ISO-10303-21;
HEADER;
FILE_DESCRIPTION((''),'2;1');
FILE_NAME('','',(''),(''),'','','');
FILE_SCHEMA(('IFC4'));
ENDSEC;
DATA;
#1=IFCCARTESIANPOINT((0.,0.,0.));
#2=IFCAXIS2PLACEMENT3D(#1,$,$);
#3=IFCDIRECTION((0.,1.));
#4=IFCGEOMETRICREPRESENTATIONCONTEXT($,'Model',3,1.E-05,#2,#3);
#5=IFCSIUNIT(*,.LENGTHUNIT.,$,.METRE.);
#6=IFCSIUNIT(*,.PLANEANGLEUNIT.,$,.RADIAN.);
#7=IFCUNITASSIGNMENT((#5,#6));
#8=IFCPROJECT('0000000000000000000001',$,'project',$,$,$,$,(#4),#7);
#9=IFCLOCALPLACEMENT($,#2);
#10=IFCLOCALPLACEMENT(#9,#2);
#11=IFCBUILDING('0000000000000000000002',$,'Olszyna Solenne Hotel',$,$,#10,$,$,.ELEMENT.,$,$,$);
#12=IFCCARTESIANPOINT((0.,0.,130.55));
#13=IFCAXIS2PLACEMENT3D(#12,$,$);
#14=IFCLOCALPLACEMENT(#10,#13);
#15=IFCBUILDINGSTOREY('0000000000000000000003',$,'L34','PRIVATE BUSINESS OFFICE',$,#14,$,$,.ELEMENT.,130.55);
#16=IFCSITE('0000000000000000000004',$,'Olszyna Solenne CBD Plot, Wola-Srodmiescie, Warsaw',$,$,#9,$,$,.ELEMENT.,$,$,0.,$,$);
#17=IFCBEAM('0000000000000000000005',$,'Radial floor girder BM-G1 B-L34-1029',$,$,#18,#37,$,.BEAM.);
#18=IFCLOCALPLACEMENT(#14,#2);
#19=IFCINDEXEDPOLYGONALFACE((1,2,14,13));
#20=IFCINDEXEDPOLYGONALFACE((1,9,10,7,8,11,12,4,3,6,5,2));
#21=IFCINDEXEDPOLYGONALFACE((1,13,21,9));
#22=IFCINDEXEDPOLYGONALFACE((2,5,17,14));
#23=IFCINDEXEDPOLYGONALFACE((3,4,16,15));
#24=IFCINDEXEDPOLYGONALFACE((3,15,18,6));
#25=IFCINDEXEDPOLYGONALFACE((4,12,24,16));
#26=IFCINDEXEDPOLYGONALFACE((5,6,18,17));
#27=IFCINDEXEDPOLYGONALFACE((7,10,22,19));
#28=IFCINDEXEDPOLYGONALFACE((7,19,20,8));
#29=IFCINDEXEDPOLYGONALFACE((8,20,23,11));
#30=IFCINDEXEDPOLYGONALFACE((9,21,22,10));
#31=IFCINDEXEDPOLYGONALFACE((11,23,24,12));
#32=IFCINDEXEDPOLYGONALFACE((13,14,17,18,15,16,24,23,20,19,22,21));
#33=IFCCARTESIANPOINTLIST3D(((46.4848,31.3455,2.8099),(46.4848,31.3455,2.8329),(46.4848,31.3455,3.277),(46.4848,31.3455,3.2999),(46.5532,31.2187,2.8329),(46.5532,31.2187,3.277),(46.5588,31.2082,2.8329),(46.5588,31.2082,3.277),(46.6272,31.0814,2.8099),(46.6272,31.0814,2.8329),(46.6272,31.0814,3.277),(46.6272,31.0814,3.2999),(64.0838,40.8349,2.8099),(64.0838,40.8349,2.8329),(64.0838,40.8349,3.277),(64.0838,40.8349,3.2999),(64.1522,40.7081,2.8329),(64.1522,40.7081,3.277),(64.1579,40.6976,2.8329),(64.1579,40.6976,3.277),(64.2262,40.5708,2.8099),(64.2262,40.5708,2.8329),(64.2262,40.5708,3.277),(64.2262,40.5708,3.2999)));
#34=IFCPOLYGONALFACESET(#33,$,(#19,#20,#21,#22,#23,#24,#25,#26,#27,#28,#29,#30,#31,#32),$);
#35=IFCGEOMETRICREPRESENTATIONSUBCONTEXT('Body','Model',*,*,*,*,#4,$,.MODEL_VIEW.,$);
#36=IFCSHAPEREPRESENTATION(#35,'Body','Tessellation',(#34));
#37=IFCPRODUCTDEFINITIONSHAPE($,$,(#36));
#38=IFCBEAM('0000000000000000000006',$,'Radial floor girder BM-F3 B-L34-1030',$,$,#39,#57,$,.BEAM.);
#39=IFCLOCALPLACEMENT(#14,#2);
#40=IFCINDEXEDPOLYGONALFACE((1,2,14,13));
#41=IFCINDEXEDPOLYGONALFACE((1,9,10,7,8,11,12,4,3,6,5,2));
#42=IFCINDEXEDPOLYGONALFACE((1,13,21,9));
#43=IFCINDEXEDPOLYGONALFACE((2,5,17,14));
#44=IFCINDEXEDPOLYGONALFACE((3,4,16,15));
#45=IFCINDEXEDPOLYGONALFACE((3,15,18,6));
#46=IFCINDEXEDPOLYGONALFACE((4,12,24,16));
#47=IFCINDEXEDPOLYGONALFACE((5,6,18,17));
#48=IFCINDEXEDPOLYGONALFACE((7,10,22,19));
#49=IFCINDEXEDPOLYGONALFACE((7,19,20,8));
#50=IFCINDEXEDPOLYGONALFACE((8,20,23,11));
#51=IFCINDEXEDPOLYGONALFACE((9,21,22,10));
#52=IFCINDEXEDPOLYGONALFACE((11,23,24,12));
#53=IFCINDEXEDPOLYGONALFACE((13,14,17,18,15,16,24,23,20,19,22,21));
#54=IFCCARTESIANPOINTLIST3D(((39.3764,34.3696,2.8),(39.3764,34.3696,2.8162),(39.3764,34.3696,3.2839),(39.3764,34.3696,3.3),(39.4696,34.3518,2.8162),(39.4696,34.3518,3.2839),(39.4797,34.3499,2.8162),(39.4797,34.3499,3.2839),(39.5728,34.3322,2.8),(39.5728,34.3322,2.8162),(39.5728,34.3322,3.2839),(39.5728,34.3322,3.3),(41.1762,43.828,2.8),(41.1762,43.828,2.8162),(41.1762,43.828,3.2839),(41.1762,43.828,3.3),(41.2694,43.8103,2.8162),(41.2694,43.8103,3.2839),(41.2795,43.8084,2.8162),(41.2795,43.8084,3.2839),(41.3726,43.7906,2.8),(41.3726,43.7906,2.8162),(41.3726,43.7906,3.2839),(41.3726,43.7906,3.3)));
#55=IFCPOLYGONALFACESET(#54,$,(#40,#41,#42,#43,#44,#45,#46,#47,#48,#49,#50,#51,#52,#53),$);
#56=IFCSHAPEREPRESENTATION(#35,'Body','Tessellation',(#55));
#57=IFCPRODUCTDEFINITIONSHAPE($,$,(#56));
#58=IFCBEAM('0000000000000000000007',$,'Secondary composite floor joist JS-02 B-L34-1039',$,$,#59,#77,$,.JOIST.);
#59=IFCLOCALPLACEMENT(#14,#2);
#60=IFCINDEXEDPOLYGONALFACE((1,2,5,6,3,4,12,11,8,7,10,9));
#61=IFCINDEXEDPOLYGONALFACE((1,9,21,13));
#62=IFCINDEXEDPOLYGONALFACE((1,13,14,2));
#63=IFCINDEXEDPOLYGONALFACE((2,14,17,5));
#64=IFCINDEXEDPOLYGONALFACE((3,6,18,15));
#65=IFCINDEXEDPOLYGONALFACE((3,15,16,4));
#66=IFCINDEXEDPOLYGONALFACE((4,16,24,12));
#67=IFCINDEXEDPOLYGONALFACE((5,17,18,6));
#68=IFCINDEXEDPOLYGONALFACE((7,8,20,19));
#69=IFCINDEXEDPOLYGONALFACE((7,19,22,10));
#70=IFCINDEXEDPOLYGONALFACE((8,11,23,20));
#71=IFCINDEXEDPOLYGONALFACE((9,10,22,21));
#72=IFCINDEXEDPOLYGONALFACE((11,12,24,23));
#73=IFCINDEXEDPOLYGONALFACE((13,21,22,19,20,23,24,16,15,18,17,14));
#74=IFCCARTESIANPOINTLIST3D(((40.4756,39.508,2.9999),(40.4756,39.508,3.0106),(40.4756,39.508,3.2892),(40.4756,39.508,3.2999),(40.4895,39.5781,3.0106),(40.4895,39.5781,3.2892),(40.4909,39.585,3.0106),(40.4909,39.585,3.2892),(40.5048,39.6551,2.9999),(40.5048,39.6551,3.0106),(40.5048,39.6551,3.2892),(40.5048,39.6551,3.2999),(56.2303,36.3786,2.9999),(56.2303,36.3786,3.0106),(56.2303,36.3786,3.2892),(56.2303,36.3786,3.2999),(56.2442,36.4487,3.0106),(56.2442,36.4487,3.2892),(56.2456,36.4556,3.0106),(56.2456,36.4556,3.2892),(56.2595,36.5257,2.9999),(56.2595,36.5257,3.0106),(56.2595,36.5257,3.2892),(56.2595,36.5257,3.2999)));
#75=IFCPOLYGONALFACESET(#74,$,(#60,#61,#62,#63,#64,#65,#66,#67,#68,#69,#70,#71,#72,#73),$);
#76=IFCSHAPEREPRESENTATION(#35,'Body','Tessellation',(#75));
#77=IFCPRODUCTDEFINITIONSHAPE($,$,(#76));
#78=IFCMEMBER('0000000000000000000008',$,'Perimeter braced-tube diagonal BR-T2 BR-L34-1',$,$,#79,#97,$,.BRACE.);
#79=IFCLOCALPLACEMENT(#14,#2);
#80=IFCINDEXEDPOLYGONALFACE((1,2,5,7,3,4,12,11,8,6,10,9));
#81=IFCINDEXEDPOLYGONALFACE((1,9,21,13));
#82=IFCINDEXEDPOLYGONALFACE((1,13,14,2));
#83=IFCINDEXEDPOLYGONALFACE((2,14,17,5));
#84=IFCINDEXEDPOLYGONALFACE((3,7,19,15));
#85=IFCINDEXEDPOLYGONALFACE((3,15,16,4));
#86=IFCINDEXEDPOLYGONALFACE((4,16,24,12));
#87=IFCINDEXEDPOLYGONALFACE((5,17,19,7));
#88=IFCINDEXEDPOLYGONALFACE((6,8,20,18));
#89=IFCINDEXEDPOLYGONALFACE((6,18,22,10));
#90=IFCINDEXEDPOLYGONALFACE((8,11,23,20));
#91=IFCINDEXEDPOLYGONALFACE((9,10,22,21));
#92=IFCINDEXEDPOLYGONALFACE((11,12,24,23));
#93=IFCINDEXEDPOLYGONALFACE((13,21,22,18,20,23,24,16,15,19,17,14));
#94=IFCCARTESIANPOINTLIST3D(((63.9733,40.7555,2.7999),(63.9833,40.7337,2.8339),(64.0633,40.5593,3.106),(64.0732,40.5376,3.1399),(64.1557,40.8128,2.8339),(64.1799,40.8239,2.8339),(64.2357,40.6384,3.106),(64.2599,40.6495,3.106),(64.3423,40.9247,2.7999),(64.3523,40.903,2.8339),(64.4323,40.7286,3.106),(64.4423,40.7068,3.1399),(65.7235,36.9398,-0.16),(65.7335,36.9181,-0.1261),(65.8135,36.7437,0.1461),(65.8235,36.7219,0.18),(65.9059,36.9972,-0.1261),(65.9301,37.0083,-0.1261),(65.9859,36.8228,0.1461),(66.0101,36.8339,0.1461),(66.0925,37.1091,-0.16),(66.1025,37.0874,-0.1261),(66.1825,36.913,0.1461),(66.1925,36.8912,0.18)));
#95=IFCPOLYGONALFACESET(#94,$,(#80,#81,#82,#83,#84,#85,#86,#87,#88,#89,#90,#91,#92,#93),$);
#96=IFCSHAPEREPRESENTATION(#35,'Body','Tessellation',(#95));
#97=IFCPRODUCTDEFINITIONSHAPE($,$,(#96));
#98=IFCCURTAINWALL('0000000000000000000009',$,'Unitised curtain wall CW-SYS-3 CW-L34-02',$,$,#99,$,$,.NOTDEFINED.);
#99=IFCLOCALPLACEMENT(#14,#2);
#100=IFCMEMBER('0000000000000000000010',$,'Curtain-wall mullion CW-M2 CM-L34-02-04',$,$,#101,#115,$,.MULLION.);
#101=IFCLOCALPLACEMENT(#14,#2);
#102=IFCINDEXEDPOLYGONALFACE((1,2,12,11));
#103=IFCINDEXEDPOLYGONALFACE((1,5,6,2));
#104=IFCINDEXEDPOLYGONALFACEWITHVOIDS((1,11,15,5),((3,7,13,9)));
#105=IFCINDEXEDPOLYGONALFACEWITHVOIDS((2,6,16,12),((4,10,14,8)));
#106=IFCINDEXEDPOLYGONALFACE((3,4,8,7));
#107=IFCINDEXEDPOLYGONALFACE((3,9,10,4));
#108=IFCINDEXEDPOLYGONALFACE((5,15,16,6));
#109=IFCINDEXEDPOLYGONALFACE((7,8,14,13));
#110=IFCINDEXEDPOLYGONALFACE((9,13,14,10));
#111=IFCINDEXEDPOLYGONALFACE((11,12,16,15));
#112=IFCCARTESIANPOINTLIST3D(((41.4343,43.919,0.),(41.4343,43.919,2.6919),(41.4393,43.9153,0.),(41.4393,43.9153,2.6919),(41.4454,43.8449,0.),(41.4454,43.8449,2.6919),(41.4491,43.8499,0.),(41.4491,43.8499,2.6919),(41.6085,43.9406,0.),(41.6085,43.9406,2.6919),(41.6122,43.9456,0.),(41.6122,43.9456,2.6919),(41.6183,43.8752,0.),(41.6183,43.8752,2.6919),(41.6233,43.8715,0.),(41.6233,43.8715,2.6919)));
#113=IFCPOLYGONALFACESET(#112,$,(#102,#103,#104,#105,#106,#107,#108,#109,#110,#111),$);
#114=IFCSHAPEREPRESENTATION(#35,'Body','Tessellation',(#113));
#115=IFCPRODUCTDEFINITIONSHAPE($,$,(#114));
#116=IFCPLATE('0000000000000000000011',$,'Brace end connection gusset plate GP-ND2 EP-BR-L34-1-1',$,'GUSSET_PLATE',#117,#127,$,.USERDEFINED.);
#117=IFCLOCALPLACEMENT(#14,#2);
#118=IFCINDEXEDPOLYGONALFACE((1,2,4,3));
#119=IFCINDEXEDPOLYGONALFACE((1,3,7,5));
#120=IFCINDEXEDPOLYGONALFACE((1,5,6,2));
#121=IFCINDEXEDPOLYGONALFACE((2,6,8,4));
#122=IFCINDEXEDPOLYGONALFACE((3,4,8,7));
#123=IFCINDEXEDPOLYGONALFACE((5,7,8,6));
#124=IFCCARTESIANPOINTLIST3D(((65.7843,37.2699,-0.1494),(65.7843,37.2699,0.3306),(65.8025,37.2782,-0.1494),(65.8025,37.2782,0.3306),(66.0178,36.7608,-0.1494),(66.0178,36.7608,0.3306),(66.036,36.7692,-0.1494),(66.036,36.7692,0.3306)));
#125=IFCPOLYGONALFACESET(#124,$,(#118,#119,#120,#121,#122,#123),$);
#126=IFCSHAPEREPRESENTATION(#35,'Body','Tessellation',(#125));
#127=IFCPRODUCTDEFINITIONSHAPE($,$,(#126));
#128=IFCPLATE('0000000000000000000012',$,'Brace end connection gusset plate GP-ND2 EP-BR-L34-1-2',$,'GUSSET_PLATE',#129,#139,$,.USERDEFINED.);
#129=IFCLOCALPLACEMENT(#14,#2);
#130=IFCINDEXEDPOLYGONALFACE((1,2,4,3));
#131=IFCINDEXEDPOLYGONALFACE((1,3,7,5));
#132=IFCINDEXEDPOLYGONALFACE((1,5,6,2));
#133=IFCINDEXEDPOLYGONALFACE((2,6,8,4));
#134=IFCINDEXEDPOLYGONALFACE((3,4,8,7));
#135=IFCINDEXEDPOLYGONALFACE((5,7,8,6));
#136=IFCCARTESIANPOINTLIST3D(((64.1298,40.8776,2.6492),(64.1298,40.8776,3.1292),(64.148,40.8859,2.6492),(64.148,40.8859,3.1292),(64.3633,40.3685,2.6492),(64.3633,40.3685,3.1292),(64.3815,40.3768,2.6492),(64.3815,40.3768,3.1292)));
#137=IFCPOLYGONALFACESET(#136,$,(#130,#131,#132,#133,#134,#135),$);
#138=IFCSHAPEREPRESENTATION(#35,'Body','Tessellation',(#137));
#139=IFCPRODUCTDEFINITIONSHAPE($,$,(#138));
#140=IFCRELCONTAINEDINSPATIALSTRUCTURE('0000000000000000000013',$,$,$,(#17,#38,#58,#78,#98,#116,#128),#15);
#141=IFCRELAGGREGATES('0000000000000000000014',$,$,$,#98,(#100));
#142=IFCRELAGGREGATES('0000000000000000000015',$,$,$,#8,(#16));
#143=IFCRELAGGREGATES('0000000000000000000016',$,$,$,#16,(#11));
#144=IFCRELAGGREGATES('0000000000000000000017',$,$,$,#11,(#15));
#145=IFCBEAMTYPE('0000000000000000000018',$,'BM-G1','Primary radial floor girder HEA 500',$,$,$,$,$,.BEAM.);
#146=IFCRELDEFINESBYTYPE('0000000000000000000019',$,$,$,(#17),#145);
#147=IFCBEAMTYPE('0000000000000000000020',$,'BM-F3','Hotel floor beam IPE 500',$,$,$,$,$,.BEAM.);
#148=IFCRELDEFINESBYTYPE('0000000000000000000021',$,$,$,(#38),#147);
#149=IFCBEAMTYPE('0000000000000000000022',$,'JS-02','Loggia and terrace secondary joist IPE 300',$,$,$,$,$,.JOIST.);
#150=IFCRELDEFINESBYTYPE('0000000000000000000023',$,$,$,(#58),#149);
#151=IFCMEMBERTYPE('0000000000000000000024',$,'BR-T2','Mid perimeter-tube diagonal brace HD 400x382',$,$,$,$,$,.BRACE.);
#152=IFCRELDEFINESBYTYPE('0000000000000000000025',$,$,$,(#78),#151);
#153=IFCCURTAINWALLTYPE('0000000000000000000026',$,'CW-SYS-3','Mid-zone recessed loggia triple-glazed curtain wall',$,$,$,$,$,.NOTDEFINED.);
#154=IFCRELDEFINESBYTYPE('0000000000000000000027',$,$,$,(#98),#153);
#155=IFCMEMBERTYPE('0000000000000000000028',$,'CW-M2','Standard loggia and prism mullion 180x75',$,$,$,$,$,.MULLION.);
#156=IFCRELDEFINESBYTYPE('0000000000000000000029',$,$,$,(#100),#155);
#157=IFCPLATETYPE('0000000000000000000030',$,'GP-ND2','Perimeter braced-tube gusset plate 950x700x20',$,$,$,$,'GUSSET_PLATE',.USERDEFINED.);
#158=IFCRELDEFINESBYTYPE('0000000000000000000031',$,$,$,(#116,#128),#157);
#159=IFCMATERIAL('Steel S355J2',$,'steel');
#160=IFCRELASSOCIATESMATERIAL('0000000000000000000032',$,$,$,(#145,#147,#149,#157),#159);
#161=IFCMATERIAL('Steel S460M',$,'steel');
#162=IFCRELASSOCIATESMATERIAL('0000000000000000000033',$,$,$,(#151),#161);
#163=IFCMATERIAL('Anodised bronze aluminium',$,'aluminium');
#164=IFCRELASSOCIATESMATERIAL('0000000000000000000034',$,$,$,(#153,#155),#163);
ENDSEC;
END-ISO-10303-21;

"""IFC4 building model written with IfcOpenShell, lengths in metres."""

from ifc_helpers import new_model, si_unit, direction, frame, origin, origin_2d, place, context, subcontext, project, spatial, rectangle, hollow_rectangle, i_section, extrude, source, transform, mapped, material, material_profile, profile_set, type_object, element, aggregate, save


model = new_model("IFC4")

# Units and contexts
model_context = context("Model", 3, precision=1e-05, world=origin(), true_north=direction((0.0, 1.0)))
body_context = subcontext(model_context, "Body", "Model", "MODEL_VIEW")
ifc_project = project(units=[si_unit("LENGTHUNIT", "METRE"), si_unit("PLANEANGLEUNIT", "RADIAN")], contexts=[model_context])

# Site, building, storey
site_placement = place(None, origin())
site = spatial("IfcSite", under=ifc_project, at=site_placement, Name="Olszyna Solenne CBD Plot, Wola-Srodmiescie, Warsaw", CompositionType="ELEMENT", RefElevation=0.0)
building_placement = place(site_placement, origin())
building = spatial("IfcBuilding", under=site, at=building_placement, Name="Olszyna Solenne Hotel", CompositionType="ELEMENT")
storey_placement = place(building_placement, frame((0.0, 0.0, 130.55)))
storey = spatial("IfcBuildingStorey", under=building, at=storey_placement, Name="L34", Description="PRIVATE BUSINESS OFFICE", CompositionType="ELEMENT", Elevation=130.55)

# Shared definitions
ifc_material_1 = material(Name="Steel S460M", Category="steel")

# Beams
ifc_material_2 = material(Name="Steel S355J2", Category="steel")
ifc_material_profile_1 = material_profile(ifc_material_2, i_section(OverallWidth=0.3, OverallDepth=0.49, WebThickness=0.012, FlangeThickness=0.0229, at=origin_2d()), Name="HEA 500", Category="load-bearing")
ifc_profile_set_1 = profile_set([ifc_material_profile_1], Name="Steel S355J2")
beam_type_1 = type_object("IfcBeamType", Name="BM-G1", Description="Primary radial floor girder HEA 500", PredefinedType="BEAM", material=ifc_profile_set_1)
shared_shape_1 = source(origin(), body_context, "Body", "SweptSolid", [
    extrude(i_section(OverallWidth=0.3, OverallDepth=0.49, WebThickness=0.012, FlangeThickness=0.0229, at=origin_2d()), origin(), (0.0, 0.0, 1.0), 19.9944),
])
beam_1_placement = place(storey_placement, frame((64.155, 40.7029, 3.0549), z_axis=(-0.880198, -0.474606, 0.0), x_axis=(0.474606, -0.880198, 0.0)))
element("IfcBeam", 1, at=beam_1_placement, inside=storey, type_object=beam_type_1, Name="Radial floor girder BM-G1 B-L34-1029", PredefinedType="BEAM", context=body_context, shape_type="MappedRepresentation", body=[
    mapped(shared_shape_1, transform((0.0, 0.0, 0.0), x_axis=(1.0, 0.0, 0.0), y_axis=(0.0, 1.0, 0.0), z_axis=(0.0, 0.0, 1.0), scale=1.0)),
])
ifc_material_profile_2 = material_profile(ifc_material_2, i_section(OverallWidth=0.2, OverallDepth=0.5, WebThickness=0.0103, FlangeThickness=0.0161, at=origin_2d()), Name="IPE 500", Category="load-bearing")
ifc_profile_set_2 = profile_set([ifc_material_profile_2], Name="Steel S355J2")
beam_type_2 = type_object("IfcBeamType", Name="BM-F3", Description="Hotel floor beam IPE 500", PredefinedType="BEAM", material=ifc_profile_set_2)
shared_shape_2 = source(origin(), body_context, "Body", "SweptSolid", [
    extrude(i_section(OverallWidth=0.2, OverallDepth=0.5, WebThickness=0.0103, FlangeThickness=0.0161, at=origin_2d()), origin(), (0.0, 0.0, 1.0), 9.6282),
])
beam_2_placement = place(storey_placement, frame((41.2744, 43.8093, 3.05), z_axis=(-0.18693, -0.982373, 0.0), x_axis=(0.982373, -0.18693, 0.0)))
element("IfcBeam", 2, at=beam_2_placement, inside=storey, type_object=beam_type_2, Name="Radial floor girder BM-F3 B-L34-1030", PredefinedType="BEAM", context=body_context, shape_type="MappedRepresentation", body=[
    mapped(shared_shape_2, transform((0.0, 0.0, 0.0), x_axis=(1.0, 0.0, 0.0), y_axis=(0.0, 1.0, 0.0), z_axis=(0.0, 0.0, 1.0), scale=1.0)),
])
ifc_material_profile_3 = material_profile(ifc_material_2, i_section(OverallWidth=0.1499, OverallDepth=0.3, WebThickness=0.0071, FlangeThickness=0.0107, at=origin_2d()), Name="IPE 300", Category="load-bearing")
ifc_profile_set_3 = profile_set([ifc_material_profile_3], Name="Steel S355J2")
beam_type_3 = type_object("IfcBeamType", Name="JS-02", Description="Loggia and terrace secondary joist IPE 300", PredefinedType="JOIST", material=ifc_profile_set_3)
shared_shape_3 = source(origin(), body_context, "Body", "SweptSolid", [
    extrude(i_section(OverallWidth=0.1499, OverallDepth=0.3, WebThickness=0.0071, FlangeThickness=0.0107, at=origin_2d()), origin(), (0.0, 0.0, 1.0), 16.0625),
])
beam_3_placement = place(storey_placement, frame((56.2449, 36.4521, 3.1499), z_axis=(-0.980838, 0.194827, 0.0), x_axis=(-0.194827, -0.980838, 0.0)))
element("IfcBeam", 3, at=beam_3_placement, inside=storey, type_object=beam_type_3, Name="Secondary composite floor joist JS-02 B-L34-1039", PredefinedType="JOIST", context=body_context, shape_type="MappedRepresentation", body=[
    mapped(shared_shape_3, transform((0.0, 0.0, 0.0), x_axis=(1.0, 0.0, 0.0), y_axis=(0.0, 1.0, 0.0), z_axis=(0.0, 0.0, 1.0), scale=1.0)),
])

# Member
ifc_material_profile_4 = material_profile(ifc_material_1, i_section(OverallWidth=0.406, OverallDepth=0.416, WebThickness=0.0266, FlangeThickness=0.0415, at=origin_2d()), Name="HD 400x382", Category="load-bearing")
ifc_profile_set_4 = profile_set([ifc_material_profile_4], Name="Steel S460M")
member_type_1 = type_object("IfcMemberType", Name="BR-T2", Description="Mid perimeter-tube diagonal brace HD 400x382", PredefinedType="BRACE", material=ifc_profile_set_4)
shared_shape_4 = source(origin(), body_context, "Body", "SweptSolid", [
    extrude(i_section(OverallWidth=0.406, OverallDepth=0.416, WebThickness=0.0266, FlangeThickness=0.0415, at=origin_2d()), origin(), (0.0, 0.0, 1.0), 5.1365),
])
member_1_placement = place(storey_placement, frame((65.958, 36.9155, 0.01), z_axis=(-0.340743, 0.742848, 0.576255), x_axis=(-0.908939, -0.416929, 0.0)))
element("IfcMember", 4, at=member_1_placement, inside=storey, type_object=member_type_1, Name="Perimeter braced-tube diagonal BR-T2 BR-L34-1", PredefinedType="BRACE", context=body_context, shape_type="MappedRepresentation", body=[
    mapped(shared_shape_4, transform((0.0, 0.0, 0.0), x_axis=(1.0, 0.0, 0.0), y_axis=(0.0, 1.0, 0.0), z_axis=(0.0, 0.0, 1.0), scale=1.0)),
])

# Curtain wall, member
ifc_material_3 = material(Name="Anodised bronze aluminium", Category="aluminium")
curtain_wall_type = type_object("IfcCurtainWallType", Name="CW-SYS-3", Description="Mid-zone recessed loggia triple-glazed curtain wall", PredefinedType="NOTDEFINED", material=ifc_material_3)
curtain_wall_placement = place(storey_placement, origin())
curtain_wall = element("IfcCurtainWall", 5, at=curtain_wall_placement, inside=storey, type_object=curtain_wall_type, Name="Unitised curtain wall CW-SYS-3 CW-L34-02", PredefinedType="NOTDEFINED")
ifc_material_profile_5 = material_profile(ifc_material_3, hollow_rectangle(XDim=0.075, YDim=0.1799, WallThickness=0.0044, at=origin_2d()), Name="MULL 180x75x4.5", Category="load-bearing")
ifc_profile_set_5 = profile_set([ifc_material_profile_5], Name="Anodised bronze aluminium")
member_type_2 = type_object("IfcMemberType", Name="CW-M2", Description="Standard loggia and prism mullion 180x75", PredefinedType="MULLION", material=ifc_profile_set_5)
shared_shape_5 = source(origin(), body_context, "Body", "SweptSolid", [
    extrude(hollow_rectangle(XDim=0.075, YDim=0.1799, WallThickness=0.0044, at=origin_2d()), origin(), (0.0, 0.0, 1.0), 2.6919),
])
member_2_placement = place(storey_placement, frame((41.5288, 43.8953, 0.0), z_axis=(0.0, 0.0, 1.0), x_axis=(-0.148061, 0.988978, 0.0)))
member_2 = element("IfcMember", 6, at=member_2_placement, type_object=member_type_2, Name="Curtain-wall mullion CW-M2 CM-L34-02-04", PredefinedType="MULLION", context=body_context, shape_type="MappedRepresentation", body=[
    mapped(shared_shape_5, transform((0.0, 0.0, 0.0), x_axis=(1.0, 0.0, 0.0), y_axis=(0.0, 1.0, 0.0), z_axis=(0.0, 0.0, 1.0), scale=1.0)),
])
aggregate(curtain_wall, [member_2])

# Plates
plate_type = type_object("IfcPlateType", Name="GP-ND2", Description="Perimeter braced-tube gusset plate 950x700x20", ElementType="GUSSET_PLATE", PredefinedType="USERDEFINED", material=ifc_material_2)
shared_shape_6 = source(origin(), body_context, "Body", "SweptSolid", [
    extrude(rectangle(XDim=0.5601, YDim=0.02, at=origin_2d()), origin(), (0.0, 0.0, 1.0), 0.48),
])
for number, where, z_axis, x_axis, name in (
    (7, (65.9102, 37.0195, -0.1494), (0.0, 0.0, 1.0), (-0.416915, 0.908945, 0.0), "Brace end connection gusset plate GP-ND2 EP-BR-L34-1-1"),
    (8, (64.2556, 40.6272, 2.6492), (0.0, 0.0, 1.0), (-0.416915, 0.908945, 0.0), "Brace end connection gusset plate GP-ND2 EP-BR-L34-1-2"),
):
    element("IfcPlate", number, at=place(storey_placement, frame(where, z_axis=z_axis, x_axis=x_axis)), inside=storey, type_object=plate_type, Name=name, ObjectType="GUSSET_PLATE", PredefinedType="USERDEFINED", context=body_context, shape_type="MappedRepresentation", body=[
        mapped(shared_shape_6, transform((0.0, 0.0, 0.0), x_axis=(1.0, 0.0, 0.0), y_axis=(0.0, 1.0, 0.0), z_axis=(0.0, 0.0, 1.0), scale=1.0)),
    ])

save(model, "model.ifc")
